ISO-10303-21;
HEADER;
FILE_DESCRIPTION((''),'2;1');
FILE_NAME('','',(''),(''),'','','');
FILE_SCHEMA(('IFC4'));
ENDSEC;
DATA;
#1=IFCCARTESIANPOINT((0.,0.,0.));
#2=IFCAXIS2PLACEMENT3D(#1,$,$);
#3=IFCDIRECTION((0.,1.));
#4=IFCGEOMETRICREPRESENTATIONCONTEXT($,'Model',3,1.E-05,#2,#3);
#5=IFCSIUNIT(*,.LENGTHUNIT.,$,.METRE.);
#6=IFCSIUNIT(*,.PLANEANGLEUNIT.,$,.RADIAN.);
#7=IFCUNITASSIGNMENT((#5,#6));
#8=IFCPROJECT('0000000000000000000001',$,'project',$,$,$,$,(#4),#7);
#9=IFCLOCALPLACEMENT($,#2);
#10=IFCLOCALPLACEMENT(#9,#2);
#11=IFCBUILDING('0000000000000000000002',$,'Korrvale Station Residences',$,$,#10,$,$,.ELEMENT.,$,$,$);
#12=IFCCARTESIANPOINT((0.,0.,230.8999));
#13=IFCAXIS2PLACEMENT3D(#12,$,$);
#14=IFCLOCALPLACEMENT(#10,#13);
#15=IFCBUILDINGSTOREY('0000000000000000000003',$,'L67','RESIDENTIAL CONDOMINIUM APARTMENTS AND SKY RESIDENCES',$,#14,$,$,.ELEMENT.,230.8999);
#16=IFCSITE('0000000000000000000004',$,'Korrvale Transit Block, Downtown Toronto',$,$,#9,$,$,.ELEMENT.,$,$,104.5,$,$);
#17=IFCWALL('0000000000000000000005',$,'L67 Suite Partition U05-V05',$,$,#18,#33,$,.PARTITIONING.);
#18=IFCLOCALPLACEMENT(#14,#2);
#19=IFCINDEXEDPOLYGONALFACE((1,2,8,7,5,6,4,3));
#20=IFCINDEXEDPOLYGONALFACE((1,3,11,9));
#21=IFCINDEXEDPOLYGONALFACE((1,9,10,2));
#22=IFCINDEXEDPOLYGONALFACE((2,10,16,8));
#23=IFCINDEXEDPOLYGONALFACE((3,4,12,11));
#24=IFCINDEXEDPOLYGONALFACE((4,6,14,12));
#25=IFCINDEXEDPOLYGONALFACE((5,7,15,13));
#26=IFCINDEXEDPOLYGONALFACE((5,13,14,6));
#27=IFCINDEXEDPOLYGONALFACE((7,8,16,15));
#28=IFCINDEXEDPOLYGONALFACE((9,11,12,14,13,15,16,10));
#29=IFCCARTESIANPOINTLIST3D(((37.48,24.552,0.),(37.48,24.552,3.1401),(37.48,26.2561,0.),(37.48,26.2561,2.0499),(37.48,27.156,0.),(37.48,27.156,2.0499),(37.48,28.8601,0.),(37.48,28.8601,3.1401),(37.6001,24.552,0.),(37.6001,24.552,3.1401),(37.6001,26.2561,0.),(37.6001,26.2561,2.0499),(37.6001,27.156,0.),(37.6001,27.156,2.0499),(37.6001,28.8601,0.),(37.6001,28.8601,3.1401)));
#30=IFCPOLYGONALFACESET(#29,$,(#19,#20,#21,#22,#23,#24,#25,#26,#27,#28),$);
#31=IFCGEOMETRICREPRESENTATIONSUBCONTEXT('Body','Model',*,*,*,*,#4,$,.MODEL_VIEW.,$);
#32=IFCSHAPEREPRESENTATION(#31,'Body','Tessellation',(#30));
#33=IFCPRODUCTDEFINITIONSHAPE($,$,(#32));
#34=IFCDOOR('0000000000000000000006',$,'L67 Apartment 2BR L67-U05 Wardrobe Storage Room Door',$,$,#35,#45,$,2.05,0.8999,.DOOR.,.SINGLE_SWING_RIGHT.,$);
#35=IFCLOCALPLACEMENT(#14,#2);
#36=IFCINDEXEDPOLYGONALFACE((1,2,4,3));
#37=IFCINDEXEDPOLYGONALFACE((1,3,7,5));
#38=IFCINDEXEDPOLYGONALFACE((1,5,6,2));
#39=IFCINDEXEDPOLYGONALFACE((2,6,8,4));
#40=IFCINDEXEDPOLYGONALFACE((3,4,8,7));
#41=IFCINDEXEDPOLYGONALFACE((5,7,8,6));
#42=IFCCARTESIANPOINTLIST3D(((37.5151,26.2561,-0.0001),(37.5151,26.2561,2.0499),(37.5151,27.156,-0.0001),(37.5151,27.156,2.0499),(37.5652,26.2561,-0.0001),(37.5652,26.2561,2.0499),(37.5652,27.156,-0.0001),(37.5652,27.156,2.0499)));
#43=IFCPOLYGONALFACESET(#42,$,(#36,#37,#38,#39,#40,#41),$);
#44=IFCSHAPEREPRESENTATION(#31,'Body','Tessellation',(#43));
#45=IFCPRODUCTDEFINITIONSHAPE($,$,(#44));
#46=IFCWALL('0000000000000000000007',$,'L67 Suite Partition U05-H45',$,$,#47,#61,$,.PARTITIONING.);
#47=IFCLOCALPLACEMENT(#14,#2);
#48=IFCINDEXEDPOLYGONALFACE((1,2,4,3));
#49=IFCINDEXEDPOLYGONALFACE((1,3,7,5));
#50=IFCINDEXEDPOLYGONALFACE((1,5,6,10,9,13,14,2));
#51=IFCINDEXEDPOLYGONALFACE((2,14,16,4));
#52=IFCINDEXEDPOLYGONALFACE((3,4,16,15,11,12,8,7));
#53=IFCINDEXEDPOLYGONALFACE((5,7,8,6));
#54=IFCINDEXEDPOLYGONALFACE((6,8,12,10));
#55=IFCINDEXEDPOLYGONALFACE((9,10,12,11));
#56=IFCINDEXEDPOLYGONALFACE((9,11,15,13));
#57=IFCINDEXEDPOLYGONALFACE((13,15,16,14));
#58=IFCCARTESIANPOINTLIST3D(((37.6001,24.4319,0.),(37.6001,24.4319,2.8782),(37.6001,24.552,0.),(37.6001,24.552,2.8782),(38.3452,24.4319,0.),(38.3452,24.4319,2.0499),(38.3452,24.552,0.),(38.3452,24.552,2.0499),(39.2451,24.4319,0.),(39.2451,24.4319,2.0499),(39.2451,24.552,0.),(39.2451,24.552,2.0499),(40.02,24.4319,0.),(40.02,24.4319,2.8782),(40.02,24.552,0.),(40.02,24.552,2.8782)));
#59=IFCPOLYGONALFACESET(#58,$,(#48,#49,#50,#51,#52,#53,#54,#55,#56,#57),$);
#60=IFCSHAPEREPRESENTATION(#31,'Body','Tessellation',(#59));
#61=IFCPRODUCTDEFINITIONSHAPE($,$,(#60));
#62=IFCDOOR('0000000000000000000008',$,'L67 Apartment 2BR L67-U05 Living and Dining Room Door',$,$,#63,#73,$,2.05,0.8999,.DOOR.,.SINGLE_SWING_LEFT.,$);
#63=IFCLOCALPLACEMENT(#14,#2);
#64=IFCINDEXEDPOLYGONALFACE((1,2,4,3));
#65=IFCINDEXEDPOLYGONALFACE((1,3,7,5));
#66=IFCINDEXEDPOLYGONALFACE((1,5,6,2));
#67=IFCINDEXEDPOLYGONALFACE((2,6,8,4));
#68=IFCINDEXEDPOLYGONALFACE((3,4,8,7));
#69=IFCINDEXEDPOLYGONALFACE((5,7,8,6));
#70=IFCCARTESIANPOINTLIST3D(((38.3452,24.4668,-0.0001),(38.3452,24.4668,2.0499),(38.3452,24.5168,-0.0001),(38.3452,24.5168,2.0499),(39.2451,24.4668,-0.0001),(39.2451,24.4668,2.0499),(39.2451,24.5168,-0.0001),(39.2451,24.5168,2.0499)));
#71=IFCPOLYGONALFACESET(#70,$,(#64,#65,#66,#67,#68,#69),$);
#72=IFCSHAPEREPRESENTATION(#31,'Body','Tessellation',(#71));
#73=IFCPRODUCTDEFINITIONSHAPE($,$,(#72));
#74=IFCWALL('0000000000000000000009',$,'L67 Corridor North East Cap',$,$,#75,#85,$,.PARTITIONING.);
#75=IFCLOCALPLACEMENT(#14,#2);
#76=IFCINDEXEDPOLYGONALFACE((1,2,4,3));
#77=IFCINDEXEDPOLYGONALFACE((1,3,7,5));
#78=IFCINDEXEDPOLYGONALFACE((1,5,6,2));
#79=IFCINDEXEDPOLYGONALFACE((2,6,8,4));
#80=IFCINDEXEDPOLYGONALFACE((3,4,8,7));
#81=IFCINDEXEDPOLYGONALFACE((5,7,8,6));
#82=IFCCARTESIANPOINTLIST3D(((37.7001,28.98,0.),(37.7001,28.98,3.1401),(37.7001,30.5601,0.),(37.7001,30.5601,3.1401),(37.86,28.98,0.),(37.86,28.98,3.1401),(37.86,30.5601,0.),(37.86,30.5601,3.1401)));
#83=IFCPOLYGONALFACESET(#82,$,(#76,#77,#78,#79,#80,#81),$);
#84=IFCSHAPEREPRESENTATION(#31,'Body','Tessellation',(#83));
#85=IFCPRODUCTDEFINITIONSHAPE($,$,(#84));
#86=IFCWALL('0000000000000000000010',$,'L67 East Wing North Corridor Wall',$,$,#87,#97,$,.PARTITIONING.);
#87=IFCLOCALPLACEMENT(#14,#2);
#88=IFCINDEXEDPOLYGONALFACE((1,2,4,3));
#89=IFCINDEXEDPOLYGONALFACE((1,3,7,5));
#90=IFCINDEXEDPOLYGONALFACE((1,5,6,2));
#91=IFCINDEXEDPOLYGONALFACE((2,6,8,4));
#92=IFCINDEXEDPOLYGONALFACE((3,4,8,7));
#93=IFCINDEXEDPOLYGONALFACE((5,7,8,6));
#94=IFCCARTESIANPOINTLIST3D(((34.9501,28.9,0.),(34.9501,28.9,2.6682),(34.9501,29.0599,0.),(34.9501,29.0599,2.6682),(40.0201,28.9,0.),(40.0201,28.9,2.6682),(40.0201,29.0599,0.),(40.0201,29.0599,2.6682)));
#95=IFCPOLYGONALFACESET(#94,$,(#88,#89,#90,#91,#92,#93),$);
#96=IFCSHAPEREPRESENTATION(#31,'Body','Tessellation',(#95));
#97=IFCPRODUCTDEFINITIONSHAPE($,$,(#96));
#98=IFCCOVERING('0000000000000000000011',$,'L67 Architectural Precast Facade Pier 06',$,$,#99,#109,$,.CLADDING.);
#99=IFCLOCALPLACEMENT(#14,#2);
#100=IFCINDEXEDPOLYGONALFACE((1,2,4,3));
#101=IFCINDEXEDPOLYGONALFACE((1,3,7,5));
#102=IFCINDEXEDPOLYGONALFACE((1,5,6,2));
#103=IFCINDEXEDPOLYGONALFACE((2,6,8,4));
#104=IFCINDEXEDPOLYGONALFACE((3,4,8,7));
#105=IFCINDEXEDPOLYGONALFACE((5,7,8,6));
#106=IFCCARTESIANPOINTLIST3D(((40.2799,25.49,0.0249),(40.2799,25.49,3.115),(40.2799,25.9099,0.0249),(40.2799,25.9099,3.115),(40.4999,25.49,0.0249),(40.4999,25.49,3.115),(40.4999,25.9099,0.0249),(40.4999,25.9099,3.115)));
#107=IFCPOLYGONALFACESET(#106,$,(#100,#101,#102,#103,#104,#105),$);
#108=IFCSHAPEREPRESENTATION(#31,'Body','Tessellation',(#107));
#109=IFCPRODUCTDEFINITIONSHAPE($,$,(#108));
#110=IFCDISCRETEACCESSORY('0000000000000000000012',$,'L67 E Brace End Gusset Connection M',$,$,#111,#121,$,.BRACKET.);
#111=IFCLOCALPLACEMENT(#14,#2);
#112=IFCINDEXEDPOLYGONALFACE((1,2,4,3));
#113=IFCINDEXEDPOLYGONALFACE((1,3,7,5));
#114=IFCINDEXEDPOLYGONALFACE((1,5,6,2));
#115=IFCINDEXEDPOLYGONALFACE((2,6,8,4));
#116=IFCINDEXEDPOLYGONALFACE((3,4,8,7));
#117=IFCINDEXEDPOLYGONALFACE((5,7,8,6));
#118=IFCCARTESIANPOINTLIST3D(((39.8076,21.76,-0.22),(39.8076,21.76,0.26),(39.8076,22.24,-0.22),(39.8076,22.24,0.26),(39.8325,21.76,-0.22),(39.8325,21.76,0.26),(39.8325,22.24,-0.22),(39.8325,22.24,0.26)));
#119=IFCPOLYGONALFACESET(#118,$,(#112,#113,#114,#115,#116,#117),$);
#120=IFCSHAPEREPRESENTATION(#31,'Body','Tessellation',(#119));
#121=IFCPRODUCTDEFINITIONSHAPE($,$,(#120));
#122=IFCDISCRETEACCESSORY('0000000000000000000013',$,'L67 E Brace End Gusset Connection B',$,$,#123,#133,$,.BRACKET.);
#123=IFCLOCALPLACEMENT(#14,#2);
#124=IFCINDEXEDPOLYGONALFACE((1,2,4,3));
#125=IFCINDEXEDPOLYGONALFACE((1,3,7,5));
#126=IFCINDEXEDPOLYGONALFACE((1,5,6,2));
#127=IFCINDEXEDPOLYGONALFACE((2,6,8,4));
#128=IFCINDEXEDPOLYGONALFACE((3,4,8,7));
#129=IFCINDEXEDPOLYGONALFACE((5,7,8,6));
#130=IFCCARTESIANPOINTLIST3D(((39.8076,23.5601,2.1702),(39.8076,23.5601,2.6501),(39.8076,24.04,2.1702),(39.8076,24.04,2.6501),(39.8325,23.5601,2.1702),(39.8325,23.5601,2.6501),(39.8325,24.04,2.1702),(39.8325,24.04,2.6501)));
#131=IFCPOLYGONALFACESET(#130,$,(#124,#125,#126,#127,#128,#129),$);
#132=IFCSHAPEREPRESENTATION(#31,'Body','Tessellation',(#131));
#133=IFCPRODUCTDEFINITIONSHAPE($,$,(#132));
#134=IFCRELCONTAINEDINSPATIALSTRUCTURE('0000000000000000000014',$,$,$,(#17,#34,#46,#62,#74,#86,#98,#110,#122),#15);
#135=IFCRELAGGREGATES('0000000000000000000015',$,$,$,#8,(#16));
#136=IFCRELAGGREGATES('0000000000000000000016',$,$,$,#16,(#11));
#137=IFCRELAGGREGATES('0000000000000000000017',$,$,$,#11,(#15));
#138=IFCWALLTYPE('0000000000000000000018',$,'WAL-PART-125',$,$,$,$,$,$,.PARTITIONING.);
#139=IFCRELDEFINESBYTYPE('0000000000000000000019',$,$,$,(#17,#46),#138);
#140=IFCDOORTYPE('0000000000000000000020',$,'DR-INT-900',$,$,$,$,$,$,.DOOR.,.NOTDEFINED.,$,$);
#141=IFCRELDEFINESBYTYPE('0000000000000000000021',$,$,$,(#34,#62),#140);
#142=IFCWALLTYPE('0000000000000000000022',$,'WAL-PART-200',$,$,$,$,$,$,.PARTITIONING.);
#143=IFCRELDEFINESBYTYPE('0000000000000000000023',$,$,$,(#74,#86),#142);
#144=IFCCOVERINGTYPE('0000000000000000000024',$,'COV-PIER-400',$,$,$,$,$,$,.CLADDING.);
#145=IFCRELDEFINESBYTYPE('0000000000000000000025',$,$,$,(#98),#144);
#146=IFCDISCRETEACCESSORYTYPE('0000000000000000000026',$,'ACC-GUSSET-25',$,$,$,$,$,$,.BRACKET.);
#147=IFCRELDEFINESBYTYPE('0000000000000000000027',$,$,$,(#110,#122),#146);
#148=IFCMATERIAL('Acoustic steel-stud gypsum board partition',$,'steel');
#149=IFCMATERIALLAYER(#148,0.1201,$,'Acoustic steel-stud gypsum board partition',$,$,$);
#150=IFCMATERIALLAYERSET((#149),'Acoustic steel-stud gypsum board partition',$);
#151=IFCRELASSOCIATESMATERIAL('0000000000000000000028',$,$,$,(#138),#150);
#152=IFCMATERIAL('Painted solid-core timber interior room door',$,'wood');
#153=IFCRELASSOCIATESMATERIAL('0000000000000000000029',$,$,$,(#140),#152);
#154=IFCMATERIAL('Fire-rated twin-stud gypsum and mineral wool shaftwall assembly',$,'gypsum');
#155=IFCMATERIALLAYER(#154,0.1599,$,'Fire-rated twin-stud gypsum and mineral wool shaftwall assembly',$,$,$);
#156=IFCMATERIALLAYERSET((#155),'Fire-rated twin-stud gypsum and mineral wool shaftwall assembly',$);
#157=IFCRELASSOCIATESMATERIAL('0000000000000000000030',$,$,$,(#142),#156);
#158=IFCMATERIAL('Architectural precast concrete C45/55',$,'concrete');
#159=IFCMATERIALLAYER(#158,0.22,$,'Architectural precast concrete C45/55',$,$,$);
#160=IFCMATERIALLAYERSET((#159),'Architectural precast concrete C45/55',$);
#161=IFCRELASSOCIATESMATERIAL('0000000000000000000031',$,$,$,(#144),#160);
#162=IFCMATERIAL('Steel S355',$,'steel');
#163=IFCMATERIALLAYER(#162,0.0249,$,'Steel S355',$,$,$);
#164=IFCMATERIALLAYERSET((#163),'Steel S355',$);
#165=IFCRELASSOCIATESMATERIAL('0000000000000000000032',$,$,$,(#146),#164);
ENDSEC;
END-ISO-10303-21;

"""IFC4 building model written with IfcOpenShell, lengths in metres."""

from ifc_helpers import new_model, si_unit, direction, frame, frame_2d, origin, origin_2d, place, context, subcontext, project, spatial, rectangle, extrude, material, layer, layer_set, type_object, element, fill, save


model = new_model("IFC4")

# Units and contexts
model_context = context("Model", 3, precision=1e-05, world=origin(), true_north=direction((0.0, 1.0)))
body_context = subcontext(model_context, "Body", "Model", "MODEL_VIEW")
ifc_project = project(units=[si_unit("LENGTHUNIT", "METRE"), si_unit("PLANEANGLEUNIT", "RADIAN")], contexts=[model_context])

# Site, building, storey
site_placement = place(None, origin())
site = spatial("IfcSite", under=ifc_project, at=site_placement, Name="Korrvale Transit Block, Downtown Toronto", CompositionType="ELEMENT", RefElevation=104.5)
building_placement = place(site_placement, origin())
building = spatial("IfcBuilding", under=site, at=building_placement, Name="Korrvale Station Residences", CompositionType="ELEMENT")
storey_placement = place(building_placement, frame((0.0, 0.0, 230.8999)))
storey = spatial("IfcBuildingStorey", under=building, at=storey_placement, Name="L67", Description="RESIDENTIAL CONDOMINIUM APARTMENTS AND SKY RESIDENCES", CompositionType="ELEMENT", Elevation=230.8999)

# Shared definitions
ifc_material_1 = material(Name="Steel S355", Category="steel")

# Walls, openings, doors
ifc_material_2 = material(Name="Acoustic steel-stud gypsum board partition", Category="steel")
ifc_layer_1 = layer(ifc_material_2, 0.1201, Name="Acoustic steel-stud gypsum board partition")
ifc_layer_set_1 = layer_set([ifc_layer_1], Name="Acoustic steel-stud gypsum board partition")
wall_type_1 = type_object("IfcWallType", Name="WAL-PART-125", PredefinedType="PARTITIONING", material=ifc_layer_set_1)
ifc_material_3 = material(Name="Painted solid-core timber interior room door", Category="wood")
door_type = type_object("IfcDoorType", Name="DR-INT-900", OperationType="NOTDEFINED", PredefinedType="DOOR", material=ifc_material_3)
wall_1_placement = place(storey_placement, frame((37.54, 24.552, 0.0), z_axis=(0.0, 0.0, 1.0), x_axis=(0.0, 1.0, 0.0)))
wall_1 = element("IfcWall", 1, at=wall_1_placement, inside=storey, type_object=wall_type_1, Name="L67 Suite Partition U05-V05", PredefinedType="PARTITIONING", context=body_context, shape_type="SweptSolid", body=[
    extrude(rectangle(XDim=4.3081, YDim=0.1201, at=frame_2d((2.1541, 0.0))), origin(), (0.0, 0.0, 1.0), 3.1401),
])
opening_1_placement = place(wall_1_placement, frame((1.7041, 0.0, 0.0)))
opening_1 = element("IfcOpeningElement", 2, at=opening_1_placement, cuts=wall_1, PredefinedType="OPENING", context=body_context, shape_type="SweptSolid", body=[
    extrude(rectangle(XDim=0.8999, YDim=2.05, at=frame_2d((0.45, 1.0249))), frame((0.0, 0.0701, 0.0), z_axis=(0.0, -1.0, 0.0), x_axis=(1.0, 0.0, 0.0)), (0.0, 0.0, 1.0), 0.1401),
])
door_1_placement = place(opening_1_placement, origin())
door_1 = element("IfcDoor", 3, at=door_1_placement, inside=storey, type_object=door_type, Name="L67 Apartment 2BR L67-U05 Wardrobe Storage Room Door", OperationType="SINGLE_SWING_RIGHT", OverallHeight=2.05, OverallWidth=0.8999, PredefinedType="DOOR", context=body_context, shape_type="SweptSolid", body=[
    extrude(rectangle(XDim=0.8999, YDim=2.05, at=frame_2d((0.45, 1.0249))), frame((0.0, 0.0249, 0.0), z_axis=(0.0, -1.0, 0.0), x_axis=(1.0, 0.0, 0.0)), (0.0, 0.0, 1.0), 0.05),
])
fill(opening_1, door_1)
wall_2_placement = place(storey_placement, frame((37.6001, 24.4919, 0.0), z_axis=(0.0, 0.0, 1.0), x_axis=(1.0, 0.0, 0.0)))
wall_2 = element("IfcWall", 4, at=wall_2_placement, inside=storey, type_object=wall_type_1, Name="L67 Suite Partition U05-H45", PredefinedType="PARTITIONING", context=body_context, shape_type="SweptSolid", body=[
    extrude(rectangle(XDim=2.4199, YDim=0.1201, at=frame_2d((1.21, 0.0))), origin(), (0.0, 0.0, 1.0), 2.8782),
])
opening_2_placement = place(wall_2_placement, frame((0.7451, 0.0, 0.0)))
opening_2 = element("IfcOpeningElement", 5, at=opening_2_placement, cuts=wall_2, PredefinedType="OPENING", context=body_context, shape_type="SweptSolid", body=[
    extrude(rectangle(XDim=0.8999, YDim=2.05, at=frame_2d((0.45, 1.0249))), frame((0.0, 0.0701, 0.0), z_axis=(0.0, -1.0, 0.0), x_axis=(1.0, 0.0, 0.0)), (0.0, 0.0, 1.0), 0.1401),
])
door_2_placement = place(opening_2_placement, origin())
door_2 = element("IfcDoor", 6, at=door_2_placement, inside=storey, type_object=door_type, Name="L67 Apartment 2BR L67-U05 Living and Dining Room Door", OperationType="SINGLE_SWING_LEFT", OverallHeight=2.05, OverallWidth=0.8999, PredefinedType="DOOR", context=body_context, shape_type="SweptSolid", body=[
    extrude(rectangle(XDim=0.8999, YDim=2.05, at=frame_2d((0.45, 1.0249))), frame((0.0, 0.0249, 0.0), z_axis=(0.0, -1.0, 0.0), x_axis=(1.0, 0.0, 0.0)), (0.0, 0.0, 1.0), 0.05),
])
fill(opening_2, door_2)

# Walls
ifc_material_4 = material(Name="Fire-rated twin-stud gypsum and mineral wool shaftwall assembly", Category="gypsum")
ifc_layer_2 = layer(ifc_material_4, 0.1599, Name="Fire-rated twin-stud gypsum and mineral wool shaftwall assembly")
ifc_layer_set_2 = layer_set([ifc_layer_2], Name="Fire-rated twin-stud gypsum and mineral wool shaftwall assembly")
wall_type_2 = type_object("IfcWallType", Name="WAL-PART-200", PredefinedType="PARTITIONING", material=ifc_layer_set_2)
wall_3_placement = place(storey_placement, frame((37.78, 28.98, 0.0), z_axis=(0.0, 0.0, 1.0), x_axis=(0.0, 1.0, 0.0)))
element("IfcWall", 7, at=wall_3_placement, inside=storey, type_object=wall_type_2, Name="L67 Corridor North East Cap", PredefinedType="PARTITIONING", context=body_context, shape_type="SweptSolid", body=[
    extrude(rectangle(XDim=1.5801, YDim=0.1599, at=frame_2d((0.79, 0.0))), origin(), (0.0, 0.0, 1.0), 3.1401),
])
wall_4_placement = place(storey_placement, frame((34.95, 28.98, 0.0), z_axis=(0.0, 0.0, 1.0), x_axis=(1.0, 0.0, 0.0)))
element("IfcWall", 8, at=wall_4_placement, inside=storey, type_object=wall_type_2, Name="L67 East Wing North Corridor Wall", PredefinedType="PARTITIONING", context=body_context, shape_type="SweptSolid", body=[
    extrude(rectangle(XDim=5.0701, YDim=0.1599, at=frame_2d((2.5352, 0.0))), origin(), (0.0, 0.0, 1.0), 2.6682),
])

# Covering
ifc_material_5 = material(Name="Architectural precast concrete C45/55", Category="concrete")
ifc_layer_3 = layer(ifc_material_5, 0.22, Name="Architectural precast concrete C45/55")
ifc_layer_set_3 = layer_set([ifc_layer_3], Name="Architectural precast concrete C45/55")
covering_type = type_object("IfcCoveringType", Name="COV-PIER-400", PredefinedType="CLADDING", material=ifc_layer_set_3)
covering_placement = place(storey_placement, frame((40.3899, 25.7, 0.0249), z_axis=(0.0, 0.0, 1.0), x_axis=(0.0, 1.0, 0.0)))
element("IfcCovering", 9, at=covering_placement, inside=storey, type_object=covering_type, Name="L67 Architectural Precast Facade Pier 06", PredefinedType="CLADDING", context=body_context, shape_type="SweptSolid", body=[
    extrude(rectangle(XDim=0.4199, YDim=0.22, at=origin_2d()), origin(), (0.0, 0.0, 1.0), 3.0901),
])

# Discrete accessories
ifc_layer_4 = layer(ifc_material_1, 0.0249, Name="Steel S355")
ifc_layer_set_4 = layer_set([ifc_layer_4], Name="Steel S355")
discrete_accessory_type = type_object("IfcDiscreteAccessoryType", Name="ACC-GUSSET-25", PredefinedType="BRACKET", material=ifc_layer_set_4)
for number, where, z_axis, x_axis, name in (
    (10, (39.8201, 22.0, -0.22), (0.0, 0.0, 1.0), (0.0, 1.0, 0.0), "L67 E Brace End Gusset Connection M"),
    (11, (39.8201, 23.8, 2.1702), (0.0, 0.0, 1.0), (0.0, 1.0, 0.0), "L67 E Brace End Gusset Connection B"),
):
    element("IfcDiscreteAccessory", number, at=place(storey_placement, frame(where, z_axis=z_axis, x_axis=x_axis)), inside=storey, type_object=discrete_accessory_type, Name=name, PredefinedType="BRACKET", context=body_context, shape_type="SweptSolid", body=[
        extrude(rectangle(XDim=0.48, YDim=0.0249, at=origin_2d()), origin(), (0.0, 0.0, 1.0), 0.48),
    ])

save(model, "model.ifc")
